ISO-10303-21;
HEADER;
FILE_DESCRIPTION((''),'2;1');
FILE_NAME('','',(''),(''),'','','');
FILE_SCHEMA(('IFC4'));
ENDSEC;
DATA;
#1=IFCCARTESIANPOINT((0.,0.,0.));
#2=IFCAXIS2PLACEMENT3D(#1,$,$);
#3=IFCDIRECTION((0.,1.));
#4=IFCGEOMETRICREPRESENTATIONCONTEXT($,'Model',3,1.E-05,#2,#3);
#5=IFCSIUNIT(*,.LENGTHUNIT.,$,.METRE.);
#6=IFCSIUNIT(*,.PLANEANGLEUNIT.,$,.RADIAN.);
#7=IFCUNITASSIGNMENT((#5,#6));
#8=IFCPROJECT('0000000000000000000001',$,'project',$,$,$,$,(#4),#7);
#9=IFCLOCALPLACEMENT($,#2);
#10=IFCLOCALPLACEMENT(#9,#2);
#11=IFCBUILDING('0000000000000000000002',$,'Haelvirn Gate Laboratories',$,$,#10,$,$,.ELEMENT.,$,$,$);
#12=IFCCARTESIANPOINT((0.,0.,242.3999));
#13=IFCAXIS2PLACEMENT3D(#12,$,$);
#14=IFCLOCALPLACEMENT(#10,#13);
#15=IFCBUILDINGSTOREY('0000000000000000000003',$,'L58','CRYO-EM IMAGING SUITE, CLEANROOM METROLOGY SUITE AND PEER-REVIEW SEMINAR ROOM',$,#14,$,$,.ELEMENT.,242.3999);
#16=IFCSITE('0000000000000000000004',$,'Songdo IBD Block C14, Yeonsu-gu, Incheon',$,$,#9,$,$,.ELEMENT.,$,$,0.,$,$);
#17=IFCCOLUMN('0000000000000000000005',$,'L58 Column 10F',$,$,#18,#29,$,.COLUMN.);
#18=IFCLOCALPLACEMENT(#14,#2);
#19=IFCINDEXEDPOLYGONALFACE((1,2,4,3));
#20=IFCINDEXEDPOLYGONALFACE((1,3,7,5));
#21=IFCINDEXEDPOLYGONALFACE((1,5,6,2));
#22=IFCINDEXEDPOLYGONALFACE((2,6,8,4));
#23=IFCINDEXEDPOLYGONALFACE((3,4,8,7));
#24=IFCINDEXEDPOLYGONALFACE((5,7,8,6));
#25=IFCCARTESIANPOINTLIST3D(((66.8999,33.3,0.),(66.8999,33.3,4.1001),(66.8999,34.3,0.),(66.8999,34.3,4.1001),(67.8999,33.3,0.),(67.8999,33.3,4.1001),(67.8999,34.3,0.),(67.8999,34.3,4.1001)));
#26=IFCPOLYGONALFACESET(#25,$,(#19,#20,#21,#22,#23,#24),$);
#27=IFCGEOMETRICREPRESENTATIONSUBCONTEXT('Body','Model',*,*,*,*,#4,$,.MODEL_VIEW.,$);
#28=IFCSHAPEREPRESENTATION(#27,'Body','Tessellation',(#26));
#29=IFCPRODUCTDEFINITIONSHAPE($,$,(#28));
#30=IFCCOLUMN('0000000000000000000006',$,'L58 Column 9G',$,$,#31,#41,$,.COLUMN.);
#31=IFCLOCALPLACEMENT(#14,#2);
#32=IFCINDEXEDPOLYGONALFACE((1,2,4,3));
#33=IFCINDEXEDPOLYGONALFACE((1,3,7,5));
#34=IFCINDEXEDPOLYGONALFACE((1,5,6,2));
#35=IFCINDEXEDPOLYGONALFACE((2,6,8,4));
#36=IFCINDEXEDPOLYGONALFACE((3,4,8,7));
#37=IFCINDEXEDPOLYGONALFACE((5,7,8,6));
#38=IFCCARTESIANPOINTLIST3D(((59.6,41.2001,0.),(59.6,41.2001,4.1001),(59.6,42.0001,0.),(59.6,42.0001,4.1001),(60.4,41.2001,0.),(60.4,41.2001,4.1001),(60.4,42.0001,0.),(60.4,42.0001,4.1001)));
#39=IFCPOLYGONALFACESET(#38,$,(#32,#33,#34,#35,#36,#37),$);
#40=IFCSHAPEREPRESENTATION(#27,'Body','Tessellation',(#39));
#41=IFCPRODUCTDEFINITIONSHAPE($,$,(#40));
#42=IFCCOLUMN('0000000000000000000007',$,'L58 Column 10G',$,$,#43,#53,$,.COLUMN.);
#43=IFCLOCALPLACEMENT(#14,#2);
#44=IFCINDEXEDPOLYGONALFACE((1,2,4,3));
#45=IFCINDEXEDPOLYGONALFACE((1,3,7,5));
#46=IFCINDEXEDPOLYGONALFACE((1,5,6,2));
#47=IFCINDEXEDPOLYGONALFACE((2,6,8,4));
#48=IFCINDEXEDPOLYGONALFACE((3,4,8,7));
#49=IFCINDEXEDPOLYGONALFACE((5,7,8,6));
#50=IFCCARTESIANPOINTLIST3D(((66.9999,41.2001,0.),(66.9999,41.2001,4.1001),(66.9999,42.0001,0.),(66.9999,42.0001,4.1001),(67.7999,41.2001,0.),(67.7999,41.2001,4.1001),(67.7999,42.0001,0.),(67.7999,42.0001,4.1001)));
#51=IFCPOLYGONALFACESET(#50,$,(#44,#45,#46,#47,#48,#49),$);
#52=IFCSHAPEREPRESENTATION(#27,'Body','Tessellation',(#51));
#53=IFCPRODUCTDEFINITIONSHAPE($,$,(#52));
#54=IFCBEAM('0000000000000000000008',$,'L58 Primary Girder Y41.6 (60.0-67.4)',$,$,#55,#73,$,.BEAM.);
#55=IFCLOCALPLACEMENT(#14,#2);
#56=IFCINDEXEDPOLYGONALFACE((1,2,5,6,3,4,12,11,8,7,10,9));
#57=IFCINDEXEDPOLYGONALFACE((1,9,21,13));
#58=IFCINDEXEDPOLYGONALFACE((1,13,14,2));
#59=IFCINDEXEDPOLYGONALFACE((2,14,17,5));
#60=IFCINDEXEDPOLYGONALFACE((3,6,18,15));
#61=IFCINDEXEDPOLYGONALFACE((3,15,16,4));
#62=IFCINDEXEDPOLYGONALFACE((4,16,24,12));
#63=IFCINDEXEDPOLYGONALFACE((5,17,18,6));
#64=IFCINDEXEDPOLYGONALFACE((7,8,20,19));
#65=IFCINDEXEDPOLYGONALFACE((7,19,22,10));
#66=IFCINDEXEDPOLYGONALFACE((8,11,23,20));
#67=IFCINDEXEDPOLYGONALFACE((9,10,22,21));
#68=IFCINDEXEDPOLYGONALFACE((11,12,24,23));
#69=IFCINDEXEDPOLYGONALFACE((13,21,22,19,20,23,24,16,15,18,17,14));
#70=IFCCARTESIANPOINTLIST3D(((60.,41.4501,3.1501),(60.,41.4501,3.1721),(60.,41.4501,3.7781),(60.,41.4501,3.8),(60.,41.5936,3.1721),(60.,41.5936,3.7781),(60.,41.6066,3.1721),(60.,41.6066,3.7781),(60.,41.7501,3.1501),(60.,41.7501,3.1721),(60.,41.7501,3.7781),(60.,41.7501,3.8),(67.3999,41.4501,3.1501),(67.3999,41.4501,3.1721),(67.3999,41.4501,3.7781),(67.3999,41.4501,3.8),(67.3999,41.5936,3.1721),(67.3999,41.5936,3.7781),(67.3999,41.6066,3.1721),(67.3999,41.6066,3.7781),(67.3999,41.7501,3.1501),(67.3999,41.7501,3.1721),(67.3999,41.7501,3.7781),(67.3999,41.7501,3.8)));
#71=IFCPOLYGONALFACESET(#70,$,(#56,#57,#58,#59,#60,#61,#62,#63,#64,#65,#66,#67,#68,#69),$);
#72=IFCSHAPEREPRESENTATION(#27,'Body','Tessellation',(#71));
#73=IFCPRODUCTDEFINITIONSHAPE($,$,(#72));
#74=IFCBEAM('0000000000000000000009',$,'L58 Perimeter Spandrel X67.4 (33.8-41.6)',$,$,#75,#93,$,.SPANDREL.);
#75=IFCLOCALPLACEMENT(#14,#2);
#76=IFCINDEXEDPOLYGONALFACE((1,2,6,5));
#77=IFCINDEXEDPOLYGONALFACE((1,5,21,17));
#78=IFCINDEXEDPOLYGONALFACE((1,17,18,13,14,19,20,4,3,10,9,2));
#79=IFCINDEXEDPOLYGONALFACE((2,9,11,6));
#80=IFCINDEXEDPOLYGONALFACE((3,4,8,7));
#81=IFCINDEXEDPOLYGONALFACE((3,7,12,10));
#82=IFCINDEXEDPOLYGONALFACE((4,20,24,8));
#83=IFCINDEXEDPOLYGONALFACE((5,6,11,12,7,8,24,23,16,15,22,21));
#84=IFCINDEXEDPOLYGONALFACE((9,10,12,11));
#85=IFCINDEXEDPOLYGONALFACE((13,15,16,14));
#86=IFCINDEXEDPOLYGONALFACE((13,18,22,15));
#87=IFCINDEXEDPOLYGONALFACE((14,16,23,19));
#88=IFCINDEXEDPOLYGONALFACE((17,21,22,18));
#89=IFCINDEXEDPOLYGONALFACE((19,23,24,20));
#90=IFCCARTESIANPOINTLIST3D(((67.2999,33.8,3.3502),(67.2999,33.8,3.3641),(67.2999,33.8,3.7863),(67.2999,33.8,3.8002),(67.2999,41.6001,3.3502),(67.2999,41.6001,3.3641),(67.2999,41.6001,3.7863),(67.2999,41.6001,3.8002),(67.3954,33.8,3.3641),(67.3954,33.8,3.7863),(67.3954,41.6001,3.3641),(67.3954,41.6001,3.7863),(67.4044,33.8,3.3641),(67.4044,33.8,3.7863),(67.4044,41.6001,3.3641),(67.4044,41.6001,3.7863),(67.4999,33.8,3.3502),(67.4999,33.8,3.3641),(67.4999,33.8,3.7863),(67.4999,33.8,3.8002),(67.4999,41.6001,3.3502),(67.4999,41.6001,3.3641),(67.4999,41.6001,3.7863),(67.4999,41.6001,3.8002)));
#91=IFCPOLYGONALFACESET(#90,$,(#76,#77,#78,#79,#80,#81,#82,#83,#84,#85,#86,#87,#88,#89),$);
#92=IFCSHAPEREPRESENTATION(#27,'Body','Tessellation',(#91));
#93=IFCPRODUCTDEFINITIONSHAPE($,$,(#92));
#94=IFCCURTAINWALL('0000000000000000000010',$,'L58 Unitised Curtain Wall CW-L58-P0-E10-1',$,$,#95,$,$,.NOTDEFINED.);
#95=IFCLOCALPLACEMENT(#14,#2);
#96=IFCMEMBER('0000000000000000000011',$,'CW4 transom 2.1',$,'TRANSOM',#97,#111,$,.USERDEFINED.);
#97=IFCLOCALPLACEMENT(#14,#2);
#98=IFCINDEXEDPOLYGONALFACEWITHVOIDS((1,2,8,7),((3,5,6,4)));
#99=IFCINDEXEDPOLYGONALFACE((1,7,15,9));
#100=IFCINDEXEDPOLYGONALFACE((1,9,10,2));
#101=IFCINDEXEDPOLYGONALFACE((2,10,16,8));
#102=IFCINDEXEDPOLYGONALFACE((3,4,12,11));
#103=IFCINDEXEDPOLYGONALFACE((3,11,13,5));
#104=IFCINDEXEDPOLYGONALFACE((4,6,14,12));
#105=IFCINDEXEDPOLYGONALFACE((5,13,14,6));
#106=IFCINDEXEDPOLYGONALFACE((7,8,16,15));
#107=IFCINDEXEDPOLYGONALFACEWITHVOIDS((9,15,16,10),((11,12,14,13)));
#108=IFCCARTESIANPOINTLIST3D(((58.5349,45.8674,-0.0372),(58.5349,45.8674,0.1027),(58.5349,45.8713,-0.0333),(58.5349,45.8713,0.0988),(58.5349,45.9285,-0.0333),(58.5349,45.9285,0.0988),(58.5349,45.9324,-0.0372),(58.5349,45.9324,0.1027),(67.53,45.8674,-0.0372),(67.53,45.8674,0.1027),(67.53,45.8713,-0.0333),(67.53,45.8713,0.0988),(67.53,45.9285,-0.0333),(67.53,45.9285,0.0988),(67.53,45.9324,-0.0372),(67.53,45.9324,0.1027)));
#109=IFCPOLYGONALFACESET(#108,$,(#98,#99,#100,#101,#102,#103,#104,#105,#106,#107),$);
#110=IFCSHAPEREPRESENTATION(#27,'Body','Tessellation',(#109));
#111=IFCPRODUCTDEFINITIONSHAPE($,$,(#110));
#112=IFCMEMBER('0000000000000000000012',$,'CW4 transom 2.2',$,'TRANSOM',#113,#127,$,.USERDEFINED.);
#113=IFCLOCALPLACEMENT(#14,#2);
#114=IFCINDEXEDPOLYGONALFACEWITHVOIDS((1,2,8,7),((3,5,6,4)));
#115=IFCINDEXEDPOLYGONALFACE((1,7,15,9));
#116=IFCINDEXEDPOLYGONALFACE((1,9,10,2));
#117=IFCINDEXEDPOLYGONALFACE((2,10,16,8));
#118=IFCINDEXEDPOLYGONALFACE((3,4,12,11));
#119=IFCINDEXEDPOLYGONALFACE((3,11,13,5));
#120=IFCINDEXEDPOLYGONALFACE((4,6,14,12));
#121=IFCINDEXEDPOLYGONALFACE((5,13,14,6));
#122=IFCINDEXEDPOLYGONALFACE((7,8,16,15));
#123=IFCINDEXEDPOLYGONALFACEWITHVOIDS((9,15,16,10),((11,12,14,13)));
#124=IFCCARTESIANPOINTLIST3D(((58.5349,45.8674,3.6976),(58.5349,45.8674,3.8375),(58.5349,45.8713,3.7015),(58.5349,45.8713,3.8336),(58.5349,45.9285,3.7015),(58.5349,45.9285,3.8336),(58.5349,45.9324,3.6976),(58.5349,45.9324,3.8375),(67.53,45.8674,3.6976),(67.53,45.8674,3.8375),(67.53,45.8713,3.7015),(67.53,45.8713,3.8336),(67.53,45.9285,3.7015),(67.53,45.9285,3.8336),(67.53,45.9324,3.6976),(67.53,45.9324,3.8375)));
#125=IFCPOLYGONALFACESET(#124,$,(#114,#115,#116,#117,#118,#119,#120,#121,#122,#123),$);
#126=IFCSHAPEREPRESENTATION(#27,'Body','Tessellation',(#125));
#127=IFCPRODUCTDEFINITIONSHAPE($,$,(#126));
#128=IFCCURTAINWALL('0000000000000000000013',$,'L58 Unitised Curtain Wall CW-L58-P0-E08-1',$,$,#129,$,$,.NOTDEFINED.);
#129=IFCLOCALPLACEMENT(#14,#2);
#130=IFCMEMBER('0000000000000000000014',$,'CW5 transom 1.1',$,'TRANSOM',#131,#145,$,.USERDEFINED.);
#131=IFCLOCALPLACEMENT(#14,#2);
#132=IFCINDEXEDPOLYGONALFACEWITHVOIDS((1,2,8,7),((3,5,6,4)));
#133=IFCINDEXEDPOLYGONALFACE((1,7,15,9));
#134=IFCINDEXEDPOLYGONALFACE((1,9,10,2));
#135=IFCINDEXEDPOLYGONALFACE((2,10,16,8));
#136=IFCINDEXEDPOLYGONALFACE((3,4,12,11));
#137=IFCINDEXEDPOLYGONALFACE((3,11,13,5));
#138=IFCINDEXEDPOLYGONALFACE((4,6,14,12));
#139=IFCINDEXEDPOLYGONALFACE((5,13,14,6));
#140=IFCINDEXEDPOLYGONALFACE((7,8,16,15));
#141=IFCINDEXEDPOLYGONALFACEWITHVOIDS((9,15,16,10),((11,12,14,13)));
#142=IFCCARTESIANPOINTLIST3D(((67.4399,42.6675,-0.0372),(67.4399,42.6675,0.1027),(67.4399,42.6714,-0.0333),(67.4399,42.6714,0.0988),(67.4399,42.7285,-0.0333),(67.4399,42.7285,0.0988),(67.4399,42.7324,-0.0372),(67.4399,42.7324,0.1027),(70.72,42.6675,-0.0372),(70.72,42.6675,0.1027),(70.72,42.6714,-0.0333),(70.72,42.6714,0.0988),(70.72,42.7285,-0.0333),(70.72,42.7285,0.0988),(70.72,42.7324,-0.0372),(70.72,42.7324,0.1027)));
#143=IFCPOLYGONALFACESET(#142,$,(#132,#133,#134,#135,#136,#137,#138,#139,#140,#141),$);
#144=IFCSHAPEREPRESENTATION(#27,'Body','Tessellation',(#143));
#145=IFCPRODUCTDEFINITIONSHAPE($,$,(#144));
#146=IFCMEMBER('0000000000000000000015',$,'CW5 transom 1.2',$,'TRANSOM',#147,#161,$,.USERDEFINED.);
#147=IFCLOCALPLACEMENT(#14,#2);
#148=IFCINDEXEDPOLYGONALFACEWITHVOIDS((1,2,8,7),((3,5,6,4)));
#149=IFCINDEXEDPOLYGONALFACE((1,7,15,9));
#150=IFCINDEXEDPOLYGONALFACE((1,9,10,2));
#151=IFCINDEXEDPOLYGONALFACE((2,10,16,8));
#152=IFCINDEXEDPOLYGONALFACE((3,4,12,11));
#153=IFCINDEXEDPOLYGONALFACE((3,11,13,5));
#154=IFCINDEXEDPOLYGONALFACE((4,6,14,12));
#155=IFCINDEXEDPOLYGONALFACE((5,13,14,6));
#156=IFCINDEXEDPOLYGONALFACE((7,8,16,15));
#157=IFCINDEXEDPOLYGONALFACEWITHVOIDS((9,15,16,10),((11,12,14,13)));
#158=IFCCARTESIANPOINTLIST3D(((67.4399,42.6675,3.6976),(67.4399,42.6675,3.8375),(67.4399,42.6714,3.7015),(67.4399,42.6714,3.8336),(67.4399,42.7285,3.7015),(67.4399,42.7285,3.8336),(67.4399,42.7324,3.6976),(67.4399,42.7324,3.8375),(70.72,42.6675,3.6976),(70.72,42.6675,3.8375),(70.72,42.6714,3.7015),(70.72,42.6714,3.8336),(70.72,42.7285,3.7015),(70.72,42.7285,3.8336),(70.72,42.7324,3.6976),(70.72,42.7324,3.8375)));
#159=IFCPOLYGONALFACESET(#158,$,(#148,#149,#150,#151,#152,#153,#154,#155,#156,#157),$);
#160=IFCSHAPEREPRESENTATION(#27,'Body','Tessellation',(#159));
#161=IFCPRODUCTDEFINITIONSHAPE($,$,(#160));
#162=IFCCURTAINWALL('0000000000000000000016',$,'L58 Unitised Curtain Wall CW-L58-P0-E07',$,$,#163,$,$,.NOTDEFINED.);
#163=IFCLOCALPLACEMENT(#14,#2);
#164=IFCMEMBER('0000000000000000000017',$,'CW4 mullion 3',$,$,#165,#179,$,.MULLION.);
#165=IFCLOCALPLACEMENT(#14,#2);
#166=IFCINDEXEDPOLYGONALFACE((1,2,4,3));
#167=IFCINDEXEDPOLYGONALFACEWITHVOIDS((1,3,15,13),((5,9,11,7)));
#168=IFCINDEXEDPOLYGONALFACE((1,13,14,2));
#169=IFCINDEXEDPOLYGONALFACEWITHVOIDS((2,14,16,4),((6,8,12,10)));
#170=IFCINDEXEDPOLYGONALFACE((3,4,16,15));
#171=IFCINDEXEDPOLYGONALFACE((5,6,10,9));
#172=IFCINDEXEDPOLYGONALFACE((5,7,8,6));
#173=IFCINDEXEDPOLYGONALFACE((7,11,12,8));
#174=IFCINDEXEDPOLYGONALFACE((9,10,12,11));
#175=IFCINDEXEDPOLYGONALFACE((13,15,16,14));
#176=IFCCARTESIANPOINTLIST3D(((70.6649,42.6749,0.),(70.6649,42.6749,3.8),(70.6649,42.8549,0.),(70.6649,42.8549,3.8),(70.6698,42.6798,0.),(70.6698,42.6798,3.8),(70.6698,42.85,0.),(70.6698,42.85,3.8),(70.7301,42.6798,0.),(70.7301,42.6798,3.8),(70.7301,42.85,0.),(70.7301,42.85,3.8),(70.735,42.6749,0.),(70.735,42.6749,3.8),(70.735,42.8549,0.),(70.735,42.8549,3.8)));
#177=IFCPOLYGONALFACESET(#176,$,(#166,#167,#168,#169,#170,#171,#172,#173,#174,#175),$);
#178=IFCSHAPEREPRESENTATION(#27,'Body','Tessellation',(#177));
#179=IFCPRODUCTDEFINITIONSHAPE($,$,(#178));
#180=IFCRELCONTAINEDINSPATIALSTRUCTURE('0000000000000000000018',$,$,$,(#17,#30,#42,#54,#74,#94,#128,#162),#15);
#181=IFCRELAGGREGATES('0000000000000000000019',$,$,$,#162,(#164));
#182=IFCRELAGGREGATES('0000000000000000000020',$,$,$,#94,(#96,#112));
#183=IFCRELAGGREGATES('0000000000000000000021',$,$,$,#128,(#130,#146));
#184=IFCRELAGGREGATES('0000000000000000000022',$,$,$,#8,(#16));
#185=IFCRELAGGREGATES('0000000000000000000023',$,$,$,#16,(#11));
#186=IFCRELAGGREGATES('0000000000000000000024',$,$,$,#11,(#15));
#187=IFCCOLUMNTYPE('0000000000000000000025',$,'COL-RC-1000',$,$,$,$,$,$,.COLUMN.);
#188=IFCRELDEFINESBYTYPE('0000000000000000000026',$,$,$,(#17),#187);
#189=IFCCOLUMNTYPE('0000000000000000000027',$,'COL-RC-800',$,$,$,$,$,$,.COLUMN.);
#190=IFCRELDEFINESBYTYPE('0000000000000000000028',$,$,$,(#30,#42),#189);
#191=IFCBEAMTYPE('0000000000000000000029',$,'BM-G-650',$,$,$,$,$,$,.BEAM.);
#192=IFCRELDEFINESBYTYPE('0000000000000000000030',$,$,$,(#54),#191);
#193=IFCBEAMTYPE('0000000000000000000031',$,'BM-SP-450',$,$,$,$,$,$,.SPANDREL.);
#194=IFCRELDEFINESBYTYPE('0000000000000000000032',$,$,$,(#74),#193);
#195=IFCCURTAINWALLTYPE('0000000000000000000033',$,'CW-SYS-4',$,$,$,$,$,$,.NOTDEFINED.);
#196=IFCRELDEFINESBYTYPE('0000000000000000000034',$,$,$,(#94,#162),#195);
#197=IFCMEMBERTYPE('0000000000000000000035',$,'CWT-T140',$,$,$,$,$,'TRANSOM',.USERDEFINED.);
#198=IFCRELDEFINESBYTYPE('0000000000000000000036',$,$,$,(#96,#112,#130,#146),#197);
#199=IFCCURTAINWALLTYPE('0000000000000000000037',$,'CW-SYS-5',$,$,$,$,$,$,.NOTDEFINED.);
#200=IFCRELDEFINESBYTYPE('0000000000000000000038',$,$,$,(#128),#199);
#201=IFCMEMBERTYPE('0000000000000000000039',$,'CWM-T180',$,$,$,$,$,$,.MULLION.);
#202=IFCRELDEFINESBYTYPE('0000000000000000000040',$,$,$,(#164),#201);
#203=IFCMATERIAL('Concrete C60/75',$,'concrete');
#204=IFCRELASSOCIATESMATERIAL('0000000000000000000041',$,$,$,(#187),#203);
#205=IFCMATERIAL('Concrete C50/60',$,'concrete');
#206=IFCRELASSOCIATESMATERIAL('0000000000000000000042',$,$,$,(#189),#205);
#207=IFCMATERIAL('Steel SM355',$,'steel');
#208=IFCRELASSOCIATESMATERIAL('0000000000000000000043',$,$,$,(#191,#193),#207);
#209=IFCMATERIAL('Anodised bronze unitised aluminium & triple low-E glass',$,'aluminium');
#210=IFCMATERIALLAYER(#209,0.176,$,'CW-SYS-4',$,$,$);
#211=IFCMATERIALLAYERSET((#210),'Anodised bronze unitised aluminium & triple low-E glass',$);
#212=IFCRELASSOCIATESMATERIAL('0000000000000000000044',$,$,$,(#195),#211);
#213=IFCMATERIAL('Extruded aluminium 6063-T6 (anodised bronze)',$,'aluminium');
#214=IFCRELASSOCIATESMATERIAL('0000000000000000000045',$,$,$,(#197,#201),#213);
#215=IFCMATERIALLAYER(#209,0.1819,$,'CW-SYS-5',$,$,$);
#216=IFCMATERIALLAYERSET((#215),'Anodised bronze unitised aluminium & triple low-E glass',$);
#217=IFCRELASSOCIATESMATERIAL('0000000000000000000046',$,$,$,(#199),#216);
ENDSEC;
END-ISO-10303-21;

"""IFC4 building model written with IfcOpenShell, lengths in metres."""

from ifc_helpers import new_model, si_unit, direction, frame, origin, origin_2d, place, context, subcontext, project, spatial, rectangle, hollow_rectangle, i_section, extrude, source, transform, mapped, material, layer, layer_set, material_profile, profile_set, type_object, type_shapes, element, aggregate, save


model = new_model("IFC4")

# Units and contexts
model_context = context("Model", 3, precision=1e-05, world=origin(), true_north=direction((0.0, 1.0)))
body_context = subcontext(model_context, "Body", "Model", "MODEL_VIEW")
ifc_project = project(units=[si_unit("LENGTHUNIT", "METRE"), si_unit("PLANEANGLEUNIT", "RADIAN")], contexts=[model_context])

# Site, building, storey
site_placement = place(None, origin())
site = spatial("IfcSite", under=ifc_project, at=site_placement, Name="Songdo IBD Block C14, Yeonsu-gu, Incheon", CompositionType="ELEMENT", RefElevation=0.0)
building_placement = place(site_placement, origin())
building = spatial("IfcBuilding", under=site, at=building_placement, Name="Haelvirn Gate Laboratories", CompositionType="ELEMENT")
storey_placement = place(building_placement, frame((0.0, 0.0, 242.3999)))
storey = spatial("IfcBuildingStorey", under=building, at=storey_placement, Name="L58", Description="CRYO-EM IMAGING SUITE, CLEANROOM METROLOGY SUITE AND PEER-REVIEW SEMINAR ROOM", CompositionType="ELEMENT", Elevation=242.3999)

# Columns
ifc_material_1 = material(Name="Concrete C60/75", Category="concrete")
ifc_material_profile_1 = material_profile(ifc_material_1, rectangle(XDim=1.0, YDim=1.0, at=origin_2d()), Name="RC-1000x1000")
ifc_profile_set_1 = profile_set([ifc_material_profile_1], Name="Concrete C60/75")
column_type_1 = type_object("IfcColumnType", Name="COL-RC-1000", PredefinedType="COLUMN", material=ifc_profile_set_1)
shared_shape_1 = source(origin(), body_context, "Body", "SweptSolid", [
    extrude(rectangle(XDim=1.0, YDim=1.0, at=origin_2d()), origin(), (0.0, 0.0, 1.0), 4.1001),
])
type_shapes(column_type_1, [shared_shape_1])
column_placement = place(storey_placement, frame((67.3999, 33.8, 0.0), z_axis=(0.0, 0.0, 1.0), x_axis=(1.0, 0.0, 0.0)))
element("IfcColumn", 1, at=column_placement, inside=storey, type_object=column_type_1, Name="L58 Column 10F", PredefinedType="COLUMN", context=body_context, shape_type="MappedRepresentation", body=[
    mapped(shared_shape_1, transform((0.0, 0.0, 0.0), scale=1.0)),
])
ifc_material_2 = material(Name="Concrete C50/60", Category="concrete")
ifc_material_profile_2 = material_profile(ifc_material_2, rectangle(XDim=0.8, YDim=0.8, at=origin_2d()), Name="RC-800x800")
ifc_profile_set_2 = profile_set([ifc_material_profile_2], Name="Concrete C50/60")
column_type_2 = type_object("IfcColumnType", Name="COL-RC-800", PredefinedType="COLUMN", material=ifc_profile_set_2)
shared_shape_2 = source(origin(), body_context, "Body", "SweptSolid", [
    extrude(rectangle(XDim=0.8, YDim=0.8, at=origin_2d()), origin(), (0.0, 0.0, 1.0), 4.1001),
])
type_shapes(column_type_2, [shared_shape_2])
for number, where, z_axis, x_axis, name in (
    (2, (60.0, 41.6001, 0.0), (0.0, 0.0, 1.0), (1.0, 0.0, 0.0), "L58 Column 9G"),
    (3, (67.3999, 41.6001, 0.0), (0.0, 0.0, 1.0), (1.0, 0.0, 0.0), "L58 Column 10G"),
):
    element("IfcColumn", number, at=place(storey_placement, frame(where, z_axis=z_axis, x_axis=x_axis)), inside=storey, type_object=column_type_2, Name=name, PredefinedType="COLUMN", context=body_context, shape_type="MappedRepresentation", body=[
        mapped(shared_shape_2, transform((0.0, 0.0, 0.0), scale=1.0)),
    ])

# Beams
ifc_material_3 = material(Name="Steel SM355", Category="steel")
ifc_material_profile_3 = material_profile(ifc_material_3, i_section(OverallWidth=0.3, OverallDepth=0.6499, WebThickness=0.0129, FlangeThickness=0.022, at=origin_2d()), Name="H-650x300x13x22")
ifc_profile_set_3 = profile_set([ifc_material_profile_3], Name="Steel SM355")
beam_type_1 = type_object("IfcBeamType", Name="BM-G-650", PredefinedType="BEAM", material=ifc_profile_set_3)
shared_shape_3 = source(origin(), body_context, "Body", "SweptSolid", [
    extrude(i_section(OverallWidth=0.3, OverallDepth=0.6499, WebThickness=0.0129, FlangeThickness=0.022, at=origin_2d()), origin(), (0.0, 0.0, 1.0), 7.3999),
])
type_shapes(beam_type_1, [shared_shape_3])
beam_1_placement = place(storey_placement, frame((60.0, 41.6001, 3.4751), z_axis=(1.0, 0.0, 0.0), x_axis=(0.0, 1.0, 0.0)))
element("IfcBeam", 4, at=beam_1_placement, inside=storey, type_object=beam_type_1, Name="L58 Primary Girder Y41.6 (60.0-67.4)", PredefinedType="BEAM", context=body_context, shape_type="MappedRepresentation", body=[
    mapped(shared_shape_3, transform((0.0, 0.0, 0.0), scale=1.0)),
])
ifc_material_profile_4 = material_profile(ifc_material_3, i_section(OverallWidth=0.2, OverallDepth=0.45, WebThickness=0.009, FlangeThickness=0.0139, at=origin_2d()), Name="H-450x200x9x14")
ifc_profile_set_4 = profile_set([ifc_material_profile_4], Name="Steel SM355")
beam_type_2 = type_object("IfcBeamType", Name="BM-SP-450", PredefinedType="SPANDREL", material=ifc_profile_set_4)
shared_shape_4 = source(origin(), body_context, "Body", "SweptSolid", [
    extrude(i_section(OverallWidth=0.2, OverallDepth=0.45, WebThickness=0.009, FlangeThickness=0.0139, at=origin_2d()), origin(), (0.0, 0.0, 1.0), 7.8),
])
type_shapes(beam_type_2, [shared_shape_4])
beam_2_placement = place(storey_placement, frame((67.3999, 33.8, 3.5752), z_axis=(0.0, 1.0, 0.0), x_axis=(-1.0, 0.0, 0.0)))
element("IfcBeam", 5, at=beam_2_placement, inside=storey, type_object=beam_type_2, Name="L58 Perimeter Spandrel X67.4 (33.8-41.6)", PredefinedType="SPANDREL", context=body_context, shape_type="MappedRepresentation", body=[
    mapped(shared_shape_4, transform((0.0, 0.0, 0.0), scale=1.0)),
])

# Curtain walls, members
ifc_material_4 = material(Name="Anodised bronze unitised aluminium & triple low-E glass", Category="aluminium")
ifc_layer_1 = layer(ifc_material_4, 0.176, Name="CW-SYS-4")
ifc_layer_set_1 = layer_set([ifc_layer_1], Name="Anodised bronze unitised aluminium & triple low-E glass")
curtain_wall_type_1 = type_object("IfcCurtainWallType", Name="CW-SYS-4", PredefinedType="NOTDEFINED", material=ifc_layer_set_1)
curtain_wall_1_placement = place(storey_placement, origin())
curtain_wall_1 = element("IfcCurtainWall", 6, at=curtain_wall_1_placement, inside=storey, type_object=curtain_wall_type_1, Name="L58 Unitised Curtain Wall CW-L58-P0-E10-1", PredefinedType="NOTDEFINED")
ifc_material_5 = material(Name="Extruded aluminium 6063-T6 (anodised bronze)", Category="aluminium")
ifc_material_profile_5 = material_profile(ifc_material_5, hollow_rectangle(XDim=0.0649, YDim=0.1399, WallThickness=0.0039, at=origin_2d()), Name="CWT-140x65x4")
ifc_profile_set_5 = profile_set([ifc_material_profile_5], Name="Extruded aluminium 6063-T6 (anodised bronze)")
member_type_1 = type_object("IfcMemberType", Name="CWT-T140", ElementType="TRANSOM", PredefinedType="USERDEFINED", material=ifc_profile_set_5)
shared_shape_5 = source(origin(), body_context, "Body", "SweptSolid", [
    extrude(hollow_rectangle(XDim=0.0649, YDim=0.1399, WallThickness=0.0039, at=origin_2d()), origin(), (0.0, 0.0, 1.0), 8.9951),
])
member_1_placement = place(storey_placement, frame((58.5349, 45.8999, 0.0327), z_axis=(1.0, 0.0, 0.0), x_axis=(0.0, 1.0, 0.0)))
member_1 = element("IfcMember", 7, at=member_1_placement, type_object=member_type_1, Name="CW4 transom 2.1", ObjectType="TRANSOM", PredefinedType="USERDEFINED", context=body_context, shape_type="MappedRepresentation", body=[
    mapped(shared_shape_5, transform((0.0, 0.0, 0.0), scale=1.0)),
])
member_2_placement = place(storey_placement, frame((58.5349, 45.8999, 3.7676), z_axis=(1.0, 0.0, 0.0), x_axis=(0.0, 1.0, 0.0)))
member_2 = element("IfcMember", 8, at=member_2_placement, type_object=member_type_1, Name="CW4 transom 2.2", ObjectType="TRANSOM", PredefinedType="USERDEFINED", context=body_context, shape_type="MappedRepresentation", body=[
    mapped(shared_shape_5, transform((0.0, 0.0, 0.0), scale=1.0)),
])
ifc_layer_2 = layer(ifc_material_4, 0.1819, Name="CW-SYS-5")
ifc_layer_set_2 = layer_set([ifc_layer_2], Name="Anodised bronze unitised aluminium & triple low-E glass")
curtain_wall_type_2 = type_object("IfcCurtainWallType", Name="CW-SYS-5", PredefinedType="NOTDEFINED", material=ifc_layer_set_2)
curtain_wall_2_placement = place(storey_placement, origin())
curtain_wall_2 = element("IfcCurtainWall", 9, at=curtain_wall_2_placement, inside=storey, type_object=curtain_wall_type_2, Name="L58 Unitised Curtain Wall CW-L58-P0-E08-1", PredefinedType="NOTDEFINED")
shared_shape_6 = source(origin(), body_context, "Body", "SweptSolid", [
    extrude(hollow_rectangle(XDim=0.0649, YDim=0.1399, WallThickness=0.0039, at=origin_2d()), origin(), (0.0, 0.0, 1.0), 3.28),
])
type_shapes(member_type_1, [shared_shape_5, shared_shape_6])
member_3_placement = place(storey_placement, frame((67.4399, 42.7, 0.0327), z_axis=(1.0, 0.0, 0.0), x_axis=(0.0, 1.0, 0.0)))
member_3 = element("IfcMember", 10, at=member_3_placement, type_object=member_type_1, Name="CW5 transom 1.1", ObjectType="TRANSOM", PredefinedType="USERDEFINED", context=body_context, shape_type="MappedRepresentation", body=[
    mapped(shared_shape_6, transform((0.0, 0.0, 0.0), scale=1.0)),
])
member_4_placement = place(storey_placement, frame((67.4399, 42.7, 3.7676), z_axis=(1.0, 0.0, 0.0), x_axis=(0.0, 1.0, 0.0)))
member_4 = element("IfcMember", 11, at=member_4_placement, type_object=member_type_1, Name="CW5 transom 1.2", ObjectType="TRANSOM", PredefinedType="USERDEFINED", context=body_context, shape_type="MappedRepresentation", body=[
    mapped(shared_shape_6, transform((0.0, 0.0, 0.0), scale=1.0)),
])

# Curtain wall, member
curtain_wall_3_placement = place(storey_placement, origin())
curtain_wall_3 = element("IfcCurtainWall", 12, at=curtain_wall_3_placement, inside=storey, type_object=curtain_wall_type_1, Name="L58 Unitised Curtain Wall CW-L58-P0-E07", PredefinedType="NOTDEFINED")
ifc_material_profile_6 = material_profile(ifc_material_5, hollow_rectangle(XDim=0.0701, YDim=0.1799, WallThickness=0.0049, at=origin_2d()), Name="CWM-180x70x5")
ifc_profile_set_6 = profile_set([ifc_material_profile_6], Name="Extruded aluminium 6063-T6 (anodised bronze)")
member_type_2 = type_object("IfcMemberType", Name="CWM-T180", PredefinedType="MULLION", material=ifc_profile_set_6)
shared_shape_7 = source(origin(), body_context, "Body", "SweptSolid", [
    extrude(hollow_rectangle(XDim=0.0701, YDim=0.1799, WallThickness=0.0049, at=origin_2d()), origin(), (0.0, 0.0, 1.0), 3.8),
])
type_shapes(member_type_2, [shared_shape_7])
member_5_placement = place(storey_placement, frame((70.7, 42.7649, 0.0), z_axis=(0.0, 0.0, 1.0), x_axis=(-1.0, 0.0, 0.0)))
member_5 = element("IfcMember", 13, at=member_5_placement, type_object=member_type_2, Name="CW4 mullion 3", PredefinedType="MULLION", context=body_context, shape_type="MappedRepresentation", body=[
    mapped(shared_shape_7, transform((0.0, 0.0, 0.0), scale=1.0)),
])
aggregate(curtain_wall_3, [member_5])

aggregate(curtain_wall_1, [member_1, member_2])
aggregate(curtain_wall_2, [member_3, member_4])

save(model, "model.ifc")
